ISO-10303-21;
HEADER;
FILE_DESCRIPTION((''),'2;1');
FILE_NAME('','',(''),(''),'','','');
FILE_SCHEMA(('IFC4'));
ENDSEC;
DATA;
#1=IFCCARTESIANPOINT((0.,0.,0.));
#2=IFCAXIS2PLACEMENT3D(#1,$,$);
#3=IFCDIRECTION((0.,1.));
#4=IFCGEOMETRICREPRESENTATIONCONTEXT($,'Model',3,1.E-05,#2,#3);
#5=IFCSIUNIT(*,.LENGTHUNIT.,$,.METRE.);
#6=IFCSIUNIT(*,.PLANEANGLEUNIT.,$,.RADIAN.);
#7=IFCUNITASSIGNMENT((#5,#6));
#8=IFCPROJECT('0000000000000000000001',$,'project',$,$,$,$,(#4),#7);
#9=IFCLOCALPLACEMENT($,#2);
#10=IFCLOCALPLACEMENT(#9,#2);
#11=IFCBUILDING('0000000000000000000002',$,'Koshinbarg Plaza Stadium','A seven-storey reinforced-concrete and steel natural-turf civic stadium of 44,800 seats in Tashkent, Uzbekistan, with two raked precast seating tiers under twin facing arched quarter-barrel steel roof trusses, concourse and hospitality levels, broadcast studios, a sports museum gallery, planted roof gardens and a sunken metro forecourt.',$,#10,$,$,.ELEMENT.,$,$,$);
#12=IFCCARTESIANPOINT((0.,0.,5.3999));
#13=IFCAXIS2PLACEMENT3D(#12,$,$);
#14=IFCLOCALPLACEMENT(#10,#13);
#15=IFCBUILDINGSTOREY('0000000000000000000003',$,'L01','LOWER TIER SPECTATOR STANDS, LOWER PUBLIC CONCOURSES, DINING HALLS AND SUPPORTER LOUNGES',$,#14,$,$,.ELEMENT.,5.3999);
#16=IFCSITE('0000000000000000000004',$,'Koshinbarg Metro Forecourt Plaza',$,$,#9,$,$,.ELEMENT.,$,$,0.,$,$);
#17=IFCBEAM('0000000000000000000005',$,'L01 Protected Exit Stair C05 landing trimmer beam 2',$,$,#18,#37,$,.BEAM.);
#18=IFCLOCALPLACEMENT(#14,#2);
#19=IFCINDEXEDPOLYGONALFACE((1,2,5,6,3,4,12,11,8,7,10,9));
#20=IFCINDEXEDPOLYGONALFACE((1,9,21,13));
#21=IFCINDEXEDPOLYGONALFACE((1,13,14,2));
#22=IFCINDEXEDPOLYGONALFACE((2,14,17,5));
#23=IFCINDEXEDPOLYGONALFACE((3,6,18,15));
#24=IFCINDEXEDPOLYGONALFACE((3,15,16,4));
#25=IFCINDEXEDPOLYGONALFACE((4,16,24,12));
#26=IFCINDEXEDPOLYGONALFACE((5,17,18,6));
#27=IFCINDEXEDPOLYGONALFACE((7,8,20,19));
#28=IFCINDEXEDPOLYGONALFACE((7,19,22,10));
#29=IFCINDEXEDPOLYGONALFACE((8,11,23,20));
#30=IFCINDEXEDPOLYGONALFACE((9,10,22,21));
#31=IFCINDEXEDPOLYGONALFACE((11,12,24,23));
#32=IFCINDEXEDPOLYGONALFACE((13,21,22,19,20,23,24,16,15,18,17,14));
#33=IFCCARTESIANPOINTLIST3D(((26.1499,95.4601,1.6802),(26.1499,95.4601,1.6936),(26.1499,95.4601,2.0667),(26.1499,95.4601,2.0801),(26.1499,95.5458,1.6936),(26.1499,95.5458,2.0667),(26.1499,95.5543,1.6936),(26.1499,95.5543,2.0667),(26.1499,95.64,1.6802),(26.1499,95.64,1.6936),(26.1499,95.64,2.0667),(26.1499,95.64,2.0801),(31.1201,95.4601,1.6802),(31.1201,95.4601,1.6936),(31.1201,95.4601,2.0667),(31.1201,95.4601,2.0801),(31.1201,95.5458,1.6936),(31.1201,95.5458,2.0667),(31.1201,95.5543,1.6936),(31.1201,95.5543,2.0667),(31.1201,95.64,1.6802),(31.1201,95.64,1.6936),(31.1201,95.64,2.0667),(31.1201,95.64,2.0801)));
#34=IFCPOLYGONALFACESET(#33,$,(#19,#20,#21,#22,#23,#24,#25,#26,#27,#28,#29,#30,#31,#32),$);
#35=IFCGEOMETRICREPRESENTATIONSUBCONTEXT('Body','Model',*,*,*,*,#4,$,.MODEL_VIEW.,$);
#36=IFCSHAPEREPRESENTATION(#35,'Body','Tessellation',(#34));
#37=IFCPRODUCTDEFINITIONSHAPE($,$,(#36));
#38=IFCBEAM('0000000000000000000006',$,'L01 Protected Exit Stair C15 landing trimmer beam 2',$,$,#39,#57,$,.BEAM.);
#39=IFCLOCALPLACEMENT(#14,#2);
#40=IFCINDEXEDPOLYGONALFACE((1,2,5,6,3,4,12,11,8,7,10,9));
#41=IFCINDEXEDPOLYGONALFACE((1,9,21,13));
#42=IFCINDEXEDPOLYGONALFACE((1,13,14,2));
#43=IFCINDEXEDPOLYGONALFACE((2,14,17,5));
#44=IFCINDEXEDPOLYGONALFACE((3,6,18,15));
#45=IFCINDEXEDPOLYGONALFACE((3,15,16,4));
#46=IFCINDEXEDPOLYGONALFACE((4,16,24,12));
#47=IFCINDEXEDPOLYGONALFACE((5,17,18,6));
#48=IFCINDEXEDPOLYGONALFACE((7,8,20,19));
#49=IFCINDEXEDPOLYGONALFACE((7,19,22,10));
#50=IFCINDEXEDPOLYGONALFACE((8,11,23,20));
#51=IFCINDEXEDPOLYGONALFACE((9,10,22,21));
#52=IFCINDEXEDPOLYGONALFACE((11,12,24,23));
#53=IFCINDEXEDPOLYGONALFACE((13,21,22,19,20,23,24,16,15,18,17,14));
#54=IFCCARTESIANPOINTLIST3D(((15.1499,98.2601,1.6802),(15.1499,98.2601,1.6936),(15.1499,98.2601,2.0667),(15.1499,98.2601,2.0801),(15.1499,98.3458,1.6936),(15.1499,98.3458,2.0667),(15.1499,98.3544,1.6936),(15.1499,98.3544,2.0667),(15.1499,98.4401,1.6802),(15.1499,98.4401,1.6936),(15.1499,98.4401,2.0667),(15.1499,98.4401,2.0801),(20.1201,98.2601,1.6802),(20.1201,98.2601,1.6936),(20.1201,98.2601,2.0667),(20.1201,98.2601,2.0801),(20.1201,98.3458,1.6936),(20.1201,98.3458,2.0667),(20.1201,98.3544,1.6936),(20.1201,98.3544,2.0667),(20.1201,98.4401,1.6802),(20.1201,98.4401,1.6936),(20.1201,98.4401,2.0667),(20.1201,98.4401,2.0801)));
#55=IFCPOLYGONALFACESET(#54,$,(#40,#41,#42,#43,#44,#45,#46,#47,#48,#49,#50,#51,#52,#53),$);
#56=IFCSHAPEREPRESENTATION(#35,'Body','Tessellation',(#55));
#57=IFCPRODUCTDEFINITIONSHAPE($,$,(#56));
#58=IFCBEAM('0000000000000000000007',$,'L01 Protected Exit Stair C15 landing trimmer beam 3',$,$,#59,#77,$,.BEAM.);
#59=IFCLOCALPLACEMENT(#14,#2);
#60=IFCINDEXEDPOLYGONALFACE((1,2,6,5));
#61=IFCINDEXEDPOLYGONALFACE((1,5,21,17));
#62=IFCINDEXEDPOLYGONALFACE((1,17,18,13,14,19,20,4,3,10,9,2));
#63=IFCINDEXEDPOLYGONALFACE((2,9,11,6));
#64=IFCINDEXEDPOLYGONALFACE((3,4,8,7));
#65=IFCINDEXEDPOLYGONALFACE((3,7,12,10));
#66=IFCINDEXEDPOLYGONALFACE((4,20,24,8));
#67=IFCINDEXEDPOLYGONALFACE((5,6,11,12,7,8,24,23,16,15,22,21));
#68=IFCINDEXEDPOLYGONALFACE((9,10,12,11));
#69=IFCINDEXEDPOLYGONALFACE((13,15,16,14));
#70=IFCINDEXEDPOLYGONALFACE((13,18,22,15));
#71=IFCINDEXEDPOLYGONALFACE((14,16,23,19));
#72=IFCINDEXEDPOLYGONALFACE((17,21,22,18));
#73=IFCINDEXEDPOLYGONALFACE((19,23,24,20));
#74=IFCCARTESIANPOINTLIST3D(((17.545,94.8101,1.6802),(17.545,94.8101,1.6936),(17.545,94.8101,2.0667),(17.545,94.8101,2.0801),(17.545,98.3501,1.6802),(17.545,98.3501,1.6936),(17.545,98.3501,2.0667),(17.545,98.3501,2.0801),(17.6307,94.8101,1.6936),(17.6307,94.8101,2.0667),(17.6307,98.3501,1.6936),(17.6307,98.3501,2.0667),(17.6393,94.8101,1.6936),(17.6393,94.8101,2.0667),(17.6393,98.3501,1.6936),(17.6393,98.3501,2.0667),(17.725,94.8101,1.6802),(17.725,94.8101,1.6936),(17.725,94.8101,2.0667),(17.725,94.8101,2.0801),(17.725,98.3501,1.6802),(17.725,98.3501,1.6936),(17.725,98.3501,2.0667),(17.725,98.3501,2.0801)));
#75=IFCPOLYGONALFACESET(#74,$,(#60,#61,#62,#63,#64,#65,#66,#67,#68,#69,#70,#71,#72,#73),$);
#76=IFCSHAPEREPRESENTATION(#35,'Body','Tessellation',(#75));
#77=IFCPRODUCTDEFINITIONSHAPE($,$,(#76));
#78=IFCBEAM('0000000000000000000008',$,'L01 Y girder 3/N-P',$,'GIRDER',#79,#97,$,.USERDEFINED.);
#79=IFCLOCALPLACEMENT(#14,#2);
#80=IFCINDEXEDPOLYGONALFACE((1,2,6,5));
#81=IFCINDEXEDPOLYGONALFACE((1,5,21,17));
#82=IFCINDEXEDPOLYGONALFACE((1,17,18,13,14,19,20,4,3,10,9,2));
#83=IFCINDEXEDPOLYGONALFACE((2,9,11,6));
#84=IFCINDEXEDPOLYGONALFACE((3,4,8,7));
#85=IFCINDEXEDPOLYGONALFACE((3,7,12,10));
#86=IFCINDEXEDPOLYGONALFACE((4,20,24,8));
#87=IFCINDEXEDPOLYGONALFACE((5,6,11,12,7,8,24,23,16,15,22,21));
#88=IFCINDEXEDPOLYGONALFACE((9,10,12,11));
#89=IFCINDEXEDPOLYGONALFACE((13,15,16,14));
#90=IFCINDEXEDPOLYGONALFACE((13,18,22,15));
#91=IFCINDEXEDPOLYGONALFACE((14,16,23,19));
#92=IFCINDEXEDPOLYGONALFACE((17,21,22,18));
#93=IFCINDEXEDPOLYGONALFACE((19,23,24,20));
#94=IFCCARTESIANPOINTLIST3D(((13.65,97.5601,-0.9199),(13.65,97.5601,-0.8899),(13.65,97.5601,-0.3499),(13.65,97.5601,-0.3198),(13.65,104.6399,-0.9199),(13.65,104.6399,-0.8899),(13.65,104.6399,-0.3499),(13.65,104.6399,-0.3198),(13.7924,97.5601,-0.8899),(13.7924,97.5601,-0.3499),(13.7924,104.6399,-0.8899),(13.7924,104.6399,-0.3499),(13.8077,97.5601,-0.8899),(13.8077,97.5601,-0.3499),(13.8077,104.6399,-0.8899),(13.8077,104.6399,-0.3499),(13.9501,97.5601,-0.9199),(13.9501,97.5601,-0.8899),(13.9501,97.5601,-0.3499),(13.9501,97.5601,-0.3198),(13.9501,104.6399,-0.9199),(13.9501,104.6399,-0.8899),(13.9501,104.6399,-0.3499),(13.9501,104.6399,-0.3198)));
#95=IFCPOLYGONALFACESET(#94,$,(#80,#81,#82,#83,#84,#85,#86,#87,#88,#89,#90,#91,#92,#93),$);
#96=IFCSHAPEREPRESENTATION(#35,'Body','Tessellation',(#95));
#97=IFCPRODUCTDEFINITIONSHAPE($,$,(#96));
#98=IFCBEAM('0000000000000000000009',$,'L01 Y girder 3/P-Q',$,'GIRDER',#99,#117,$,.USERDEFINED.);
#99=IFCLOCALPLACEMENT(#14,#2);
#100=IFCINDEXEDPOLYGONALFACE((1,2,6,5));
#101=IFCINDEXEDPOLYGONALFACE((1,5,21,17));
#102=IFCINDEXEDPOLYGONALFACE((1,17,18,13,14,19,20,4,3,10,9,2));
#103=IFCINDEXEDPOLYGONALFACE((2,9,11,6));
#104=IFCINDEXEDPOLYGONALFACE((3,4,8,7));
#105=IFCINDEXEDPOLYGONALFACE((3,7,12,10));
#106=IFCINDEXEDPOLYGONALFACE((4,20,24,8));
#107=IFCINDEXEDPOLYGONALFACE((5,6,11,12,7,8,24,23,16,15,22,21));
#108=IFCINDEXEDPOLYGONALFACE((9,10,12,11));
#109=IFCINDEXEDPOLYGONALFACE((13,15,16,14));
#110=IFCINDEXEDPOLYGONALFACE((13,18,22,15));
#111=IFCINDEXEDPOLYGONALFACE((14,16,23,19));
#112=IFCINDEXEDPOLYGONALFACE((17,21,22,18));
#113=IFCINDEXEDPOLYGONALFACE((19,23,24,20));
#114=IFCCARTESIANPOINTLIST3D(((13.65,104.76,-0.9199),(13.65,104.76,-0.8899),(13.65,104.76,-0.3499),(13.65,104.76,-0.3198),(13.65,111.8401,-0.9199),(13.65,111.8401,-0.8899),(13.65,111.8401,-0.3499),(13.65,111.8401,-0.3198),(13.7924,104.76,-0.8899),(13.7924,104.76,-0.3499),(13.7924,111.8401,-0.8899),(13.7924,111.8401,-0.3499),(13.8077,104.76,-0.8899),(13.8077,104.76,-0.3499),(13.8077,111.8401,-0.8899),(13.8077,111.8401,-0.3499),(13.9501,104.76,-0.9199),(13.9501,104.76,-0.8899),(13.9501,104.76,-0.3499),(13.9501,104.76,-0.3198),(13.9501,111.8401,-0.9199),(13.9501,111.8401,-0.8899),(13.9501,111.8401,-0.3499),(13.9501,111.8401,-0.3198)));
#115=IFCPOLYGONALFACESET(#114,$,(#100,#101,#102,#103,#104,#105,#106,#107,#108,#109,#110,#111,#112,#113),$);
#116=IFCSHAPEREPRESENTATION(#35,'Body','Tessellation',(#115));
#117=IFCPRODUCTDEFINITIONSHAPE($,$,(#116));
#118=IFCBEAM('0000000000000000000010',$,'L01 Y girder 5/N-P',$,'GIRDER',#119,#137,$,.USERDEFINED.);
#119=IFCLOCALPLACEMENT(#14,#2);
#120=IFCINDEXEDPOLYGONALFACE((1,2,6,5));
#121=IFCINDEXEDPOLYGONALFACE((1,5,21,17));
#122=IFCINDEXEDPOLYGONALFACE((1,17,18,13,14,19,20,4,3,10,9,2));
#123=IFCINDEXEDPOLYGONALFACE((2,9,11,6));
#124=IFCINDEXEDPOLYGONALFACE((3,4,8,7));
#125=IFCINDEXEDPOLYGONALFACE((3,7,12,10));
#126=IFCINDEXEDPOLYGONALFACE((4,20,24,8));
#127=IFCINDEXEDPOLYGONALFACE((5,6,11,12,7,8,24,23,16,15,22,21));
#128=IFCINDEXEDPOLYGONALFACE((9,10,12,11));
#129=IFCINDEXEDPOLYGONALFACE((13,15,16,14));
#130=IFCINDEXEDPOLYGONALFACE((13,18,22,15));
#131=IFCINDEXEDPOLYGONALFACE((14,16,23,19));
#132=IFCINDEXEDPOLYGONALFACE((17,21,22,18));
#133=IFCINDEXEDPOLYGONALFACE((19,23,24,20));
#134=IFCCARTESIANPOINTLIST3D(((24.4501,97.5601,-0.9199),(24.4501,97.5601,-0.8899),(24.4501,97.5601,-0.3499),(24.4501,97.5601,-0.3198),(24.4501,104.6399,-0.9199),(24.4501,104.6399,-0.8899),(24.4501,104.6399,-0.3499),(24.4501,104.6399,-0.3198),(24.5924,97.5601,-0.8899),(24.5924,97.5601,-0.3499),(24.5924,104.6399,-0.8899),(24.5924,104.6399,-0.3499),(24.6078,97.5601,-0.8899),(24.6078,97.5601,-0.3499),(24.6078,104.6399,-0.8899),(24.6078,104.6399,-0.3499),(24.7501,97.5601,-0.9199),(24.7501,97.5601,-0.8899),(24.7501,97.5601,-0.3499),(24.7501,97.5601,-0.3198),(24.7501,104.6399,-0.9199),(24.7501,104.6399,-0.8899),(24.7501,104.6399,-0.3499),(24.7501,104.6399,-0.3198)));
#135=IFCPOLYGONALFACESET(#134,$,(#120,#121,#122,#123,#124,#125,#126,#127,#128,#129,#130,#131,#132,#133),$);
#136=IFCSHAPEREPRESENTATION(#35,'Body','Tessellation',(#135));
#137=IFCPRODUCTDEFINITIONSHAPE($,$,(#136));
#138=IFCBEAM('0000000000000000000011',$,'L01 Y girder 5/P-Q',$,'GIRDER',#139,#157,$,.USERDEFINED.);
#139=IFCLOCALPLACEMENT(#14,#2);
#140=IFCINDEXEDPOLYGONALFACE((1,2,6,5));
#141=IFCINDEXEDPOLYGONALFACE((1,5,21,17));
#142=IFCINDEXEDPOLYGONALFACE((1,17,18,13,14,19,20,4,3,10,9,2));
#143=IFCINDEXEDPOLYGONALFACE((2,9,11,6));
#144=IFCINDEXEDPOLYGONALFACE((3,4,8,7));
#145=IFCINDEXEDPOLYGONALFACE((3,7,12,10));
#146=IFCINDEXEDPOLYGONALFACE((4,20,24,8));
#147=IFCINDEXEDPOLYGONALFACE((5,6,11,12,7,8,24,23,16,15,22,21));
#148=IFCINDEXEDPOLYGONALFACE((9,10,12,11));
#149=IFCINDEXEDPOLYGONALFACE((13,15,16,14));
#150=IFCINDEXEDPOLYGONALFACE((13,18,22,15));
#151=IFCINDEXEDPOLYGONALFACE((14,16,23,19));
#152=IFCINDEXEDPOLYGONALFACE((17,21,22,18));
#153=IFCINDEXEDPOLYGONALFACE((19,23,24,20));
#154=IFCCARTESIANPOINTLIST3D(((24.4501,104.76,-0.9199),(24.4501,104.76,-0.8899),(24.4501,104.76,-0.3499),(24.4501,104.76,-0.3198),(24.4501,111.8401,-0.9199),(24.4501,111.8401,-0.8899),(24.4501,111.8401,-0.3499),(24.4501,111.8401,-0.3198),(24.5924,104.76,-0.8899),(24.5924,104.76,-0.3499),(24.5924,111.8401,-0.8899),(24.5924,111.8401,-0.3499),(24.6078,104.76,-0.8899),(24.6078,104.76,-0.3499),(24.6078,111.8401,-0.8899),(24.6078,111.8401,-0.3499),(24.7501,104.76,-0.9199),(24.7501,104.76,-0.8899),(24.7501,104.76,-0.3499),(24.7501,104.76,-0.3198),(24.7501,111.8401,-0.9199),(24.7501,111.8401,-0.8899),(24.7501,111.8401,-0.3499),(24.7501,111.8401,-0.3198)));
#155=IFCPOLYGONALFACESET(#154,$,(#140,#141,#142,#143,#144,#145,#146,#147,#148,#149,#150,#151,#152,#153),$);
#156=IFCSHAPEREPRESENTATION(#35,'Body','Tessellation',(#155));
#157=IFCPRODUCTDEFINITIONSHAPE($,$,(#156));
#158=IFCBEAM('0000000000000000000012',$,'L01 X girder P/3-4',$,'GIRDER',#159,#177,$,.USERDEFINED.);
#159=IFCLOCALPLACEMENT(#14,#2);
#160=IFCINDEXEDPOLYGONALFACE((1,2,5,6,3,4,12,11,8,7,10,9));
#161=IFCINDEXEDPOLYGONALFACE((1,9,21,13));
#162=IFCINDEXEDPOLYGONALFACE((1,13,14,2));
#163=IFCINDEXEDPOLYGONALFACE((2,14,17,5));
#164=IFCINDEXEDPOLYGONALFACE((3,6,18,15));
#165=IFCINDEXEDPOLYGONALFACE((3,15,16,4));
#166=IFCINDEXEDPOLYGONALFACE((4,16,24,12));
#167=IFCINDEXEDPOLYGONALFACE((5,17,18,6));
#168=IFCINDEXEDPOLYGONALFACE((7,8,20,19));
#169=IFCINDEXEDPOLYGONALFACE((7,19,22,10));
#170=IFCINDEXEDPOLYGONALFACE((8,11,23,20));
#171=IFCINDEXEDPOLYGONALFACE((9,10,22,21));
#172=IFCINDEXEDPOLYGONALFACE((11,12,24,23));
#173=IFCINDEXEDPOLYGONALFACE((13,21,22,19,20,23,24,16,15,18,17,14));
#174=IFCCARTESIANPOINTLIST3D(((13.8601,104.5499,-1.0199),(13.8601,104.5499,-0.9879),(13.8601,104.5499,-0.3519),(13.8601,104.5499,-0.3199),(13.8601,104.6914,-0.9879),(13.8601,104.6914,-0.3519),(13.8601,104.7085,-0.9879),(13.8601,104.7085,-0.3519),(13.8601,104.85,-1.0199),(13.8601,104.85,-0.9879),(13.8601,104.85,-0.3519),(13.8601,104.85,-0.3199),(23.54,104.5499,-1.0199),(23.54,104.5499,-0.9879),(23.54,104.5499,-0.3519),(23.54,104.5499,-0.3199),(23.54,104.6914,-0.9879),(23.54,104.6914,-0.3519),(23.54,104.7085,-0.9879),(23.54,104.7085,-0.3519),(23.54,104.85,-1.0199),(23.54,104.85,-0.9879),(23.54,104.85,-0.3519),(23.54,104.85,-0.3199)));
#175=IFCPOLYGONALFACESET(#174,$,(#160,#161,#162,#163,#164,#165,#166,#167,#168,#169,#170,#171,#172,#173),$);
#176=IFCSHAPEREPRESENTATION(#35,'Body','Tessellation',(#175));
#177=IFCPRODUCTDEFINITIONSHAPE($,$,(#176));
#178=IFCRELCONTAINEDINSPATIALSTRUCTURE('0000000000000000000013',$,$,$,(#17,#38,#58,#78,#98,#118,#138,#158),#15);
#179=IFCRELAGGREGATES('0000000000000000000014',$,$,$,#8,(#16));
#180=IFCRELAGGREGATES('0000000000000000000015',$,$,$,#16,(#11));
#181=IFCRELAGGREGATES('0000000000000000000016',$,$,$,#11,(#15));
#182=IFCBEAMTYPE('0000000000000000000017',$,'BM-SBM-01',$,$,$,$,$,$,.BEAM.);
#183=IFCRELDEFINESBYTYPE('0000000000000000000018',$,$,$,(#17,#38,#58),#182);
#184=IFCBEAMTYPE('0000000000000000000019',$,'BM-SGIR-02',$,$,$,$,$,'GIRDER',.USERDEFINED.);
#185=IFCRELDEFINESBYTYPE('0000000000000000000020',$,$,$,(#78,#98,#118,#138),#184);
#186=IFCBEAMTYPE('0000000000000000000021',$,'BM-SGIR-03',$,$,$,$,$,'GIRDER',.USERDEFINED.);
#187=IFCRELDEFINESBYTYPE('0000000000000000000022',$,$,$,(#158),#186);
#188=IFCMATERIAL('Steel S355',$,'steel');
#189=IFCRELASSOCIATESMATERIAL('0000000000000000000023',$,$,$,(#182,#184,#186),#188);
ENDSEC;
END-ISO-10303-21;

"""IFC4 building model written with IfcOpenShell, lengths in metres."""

from ifc_helpers import new_model, si_unit, direction, frame, origin, origin_2d, place, context, subcontext, project, spatial, i_section, extrude, material, material_profile, profile_set, type_object, element, save


model = new_model("IFC4")

# Units and contexts
model_context = context("Model", 3, precision=1e-05, world=origin(), true_north=direction((0.0, 1.0)))
body_context = subcontext(model_context, "Body", "Model", "MODEL_VIEW")
ifc_project = project(units=[si_unit("LENGTHUNIT", "METRE"), si_unit("PLANEANGLEUNIT", "RADIAN")], contexts=[model_context])

# Site, building, storey
site_placement = place(None, origin())
site = spatial("IfcSite", under=ifc_project, at=site_placement, Name="Koshinbarg Metro Forecourt Plaza", CompositionType="ELEMENT", RefElevation=0.0)
building_placement = place(site_placement, origin())
building = spatial("IfcBuilding", under=site, at=building_placement, Name="Koshinbarg Plaza Stadium", Description="A seven-storey reinforced-concrete and steel natural-turf civic stadium of 44,800 seats in Tashkent, Uzbekistan, with two raked precast seating tiers under twin facing arched quarter-barrel steel roof trusses, concourse and hospitality levels, broadcast studios, a sports museum gallery, planted roof gardens and a sunken metro forecourt.", CompositionType="ELEMENT")
storey_placement = place(building_placement, frame((0.0, 0.0, 5.3999)))
storey = spatial("IfcBuildingStorey", under=building, at=storey_placement, Name="L01", Description="LOWER TIER SPECTATOR STANDS, LOWER PUBLIC CONCOURSES, DINING HALLS AND SUPPORTER LOUNGES", CompositionType="ELEMENT", Elevation=5.3999)

# Shared definitions
ifc_material_1 = material(Name="Steel S355", Category="steel")

# Beams
ifc_material_profile_1 = material_profile(ifc_material_1, i_section(OverallWidth=0.1799, OverallDepth=0.3999, WebThickness=0.0085, FlangeThickness=0.0134, at=origin_2d()), Name="IPE 400")
ifc_profile_set_1 = profile_set([ifc_material_profile_1], Name="Steel S355")
beam_type_1 = type_object("IfcBeamType", Name="BM-SBM-01", PredefinedType="BEAM", material=ifc_profile_set_1)
for number, where, z_axis, x_axis, name in (
    (1, (26.1499, 95.55, 1.8801), (1.0, 0.0, 0.0), (0.0, 1.0, 0.0), "L01 Protected Exit Stair C05 landing trimmer beam 2"),
    (2, (15.1499, 98.3501, 1.8801), (1.0, 0.0, 0.0), (0.0, 1.0, 0.0), "L01 Protected Exit Stair C15 landing trimmer beam 2"),
):
    element("IfcBeam", number, at=place(storey_placement, frame(where, z_axis=z_axis, x_axis=x_axis)), inside=storey, type_object=beam_type_1, Name=name, PredefinedType="BEAM", context=body_context, shape_type="SweptSolid", body=[
        extrude(i_section(OverallWidth=0.1799, OverallDepth=0.3999, WebThickness=0.0085, FlangeThickness=0.0134, at=origin_2d()), origin(), (0.0, 0.0, 1.0), 4.9702),
    ])
beam_1_placement = place(storey_placement, frame((17.635, 94.8101, 1.8801), z_axis=(0.0, 1.0, 0.0), x_axis=(-1.0, 0.0, 0.0)))
element("IfcBeam", 3, at=beam_1_placement, inside=storey, type_object=beam_type_1, Name="L01 Protected Exit Stair C15 landing trimmer beam 3", PredefinedType="BEAM", context=body_context, shape_type="SweptSolid", body=[
    extrude(i_section(OverallWidth=0.1799, OverallDepth=0.3999, WebThickness=0.0085, FlangeThickness=0.0134, at=origin_2d()), origin(), (0.0, 0.0, 1.0), 3.54),
])
ifc_material_profile_2 = material_profile(ifc_material_1, i_section(OverallWidth=0.3, OverallDepth=0.6001, WebThickness=0.0154, FlangeThickness=0.03, at=origin_2d()), Name="HEB 600")
ifc_profile_set_2 = profile_set([ifc_material_profile_2], Name="Steel S355")
beam_type_2 = type_object("IfcBeamType", Name="BM-SGIR-02", ElementType="GIRDER", PredefinedType="USERDEFINED", material=ifc_profile_set_2)
beam_2_placement = place(storey_placement, frame((13.8, 97.5601, -0.6199), z_axis=(0.0, 1.0, 0.0), x_axis=(-1.0, 0.0, 0.0)))
element("IfcBeam", 4, at=beam_2_placement, inside=storey, type_object=beam_type_2, Name="L01 Y girder 3/N-P", ObjectType="GIRDER", PredefinedType="USERDEFINED", context=body_context, shape_type="SweptSolid", body=[
    extrude(i_section(OverallWidth=0.3, OverallDepth=0.6001, WebThickness=0.0154, FlangeThickness=0.03, at=origin_2d()), origin(), (0.0, 0.0, 1.0), 7.0798),
])
beam_3_placement = place(storey_placement, frame((13.8, 104.76, -0.6199), z_axis=(0.0, 1.0, 0.0), x_axis=(-1.0, 0.0, 0.0)))
element("IfcBeam", 5, at=beam_3_placement, inside=storey, type_object=beam_type_2, Name="L01 Y girder 3/P-Q", ObjectType="GIRDER", PredefinedType="USERDEFINED", context=body_context, shape_type="SweptSolid", body=[
    extrude(i_section(OverallWidth=0.3, OverallDepth=0.6001, WebThickness=0.0154, FlangeThickness=0.03, at=origin_2d()), origin(), (0.0, 0.0, 1.0), 7.0801),
])
beam_4_placement = place(storey_placement, frame((24.6001, 97.5601, -0.6199), z_axis=(0.0, 1.0, 0.0), x_axis=(-1.0, 0.0, 0.0)))
element("IfcBeam", 6, at=beam_4_placement, inside=storey, type_object=beam_type_2, Name="L01 Y girder 5/N-P", ObjectType="GIRDER", PredefinedType="USERDEFINED", context=body_context, shape_type="SweptSolid", body=[
    extrude(i_section(OverallWidth=0.3, OverallDepth=0.6001, WebThickness=0.0154, FlangeThickness=0.03, at=origin_2d()), origin(), (0.0, 0.0, 1.0), 7.0798),
])
beam_5_placement = place(storey_placement, frame((24.6001, 104.76, -0.6199), z_axis=(0.0, 1.0, 0.0), x_axis=(-1.0, 0.0, 0.0)))
element("IfcBeam", 7, at=beam_5_placement, inside=storey, type_object=beam_type_2, Name="L01 Y girder 5/P-Q", ObjectType="GIRDER", PredefinedType="USERDEFINED", context=body_context, shape_type="SweptSolid", body=[
    extrude(i_section(OverallWidth=0.3, OverallDepth=0.6001, WebThickness=0.0154, FlangeThickness=0.03, at=origin_2d()), origin(), (0.0, 0.0, 1.0), 7.0801),
])
ifc_material_profile_3 = material_profile(ifc_material_1, i_section(OverallWidth=0.3, OverallDepth=0.7, WebThickness=0.0171, FlangeThickness=0.032, at=origin_2d()), Name="HEB 700")
ifc_profile_set_3 = profile_set([ifc_material_profile_3], Name="Steel S355")
beam_type_3 = type_object("IfcBeamType", Name="BM-SGIR-03", ElementType="GIRDER", PredefinedType="USERDEFINED", material=ifc_profile_set_3)
beam_6_placement = place(storey_placement, frame((13.8601, 104.7, -0.6699), z_axis=(1.0, 0.0, 0.0), x_axis=(0.0, 1.0, 0.0)))
element("IfcBeam", 8, at=beam_6_placement, inside=storey, type_object=beam_type_3, Name="L01 X girder P/3-4", ObjectType="GIRDER", PredefinedType="USERDEFINED", context=body_context, shape_type="SweptSolid", body=[
    extrude(i_section(OverallWidth=0.3, OverallDepth=0.7, WebThickness=0.0171, FlangeThickness=0.032, at=origin_2d()), origin(), (0.0, 0.0, 1.0), 9.6799),
])

save(model, "model.ifc")
